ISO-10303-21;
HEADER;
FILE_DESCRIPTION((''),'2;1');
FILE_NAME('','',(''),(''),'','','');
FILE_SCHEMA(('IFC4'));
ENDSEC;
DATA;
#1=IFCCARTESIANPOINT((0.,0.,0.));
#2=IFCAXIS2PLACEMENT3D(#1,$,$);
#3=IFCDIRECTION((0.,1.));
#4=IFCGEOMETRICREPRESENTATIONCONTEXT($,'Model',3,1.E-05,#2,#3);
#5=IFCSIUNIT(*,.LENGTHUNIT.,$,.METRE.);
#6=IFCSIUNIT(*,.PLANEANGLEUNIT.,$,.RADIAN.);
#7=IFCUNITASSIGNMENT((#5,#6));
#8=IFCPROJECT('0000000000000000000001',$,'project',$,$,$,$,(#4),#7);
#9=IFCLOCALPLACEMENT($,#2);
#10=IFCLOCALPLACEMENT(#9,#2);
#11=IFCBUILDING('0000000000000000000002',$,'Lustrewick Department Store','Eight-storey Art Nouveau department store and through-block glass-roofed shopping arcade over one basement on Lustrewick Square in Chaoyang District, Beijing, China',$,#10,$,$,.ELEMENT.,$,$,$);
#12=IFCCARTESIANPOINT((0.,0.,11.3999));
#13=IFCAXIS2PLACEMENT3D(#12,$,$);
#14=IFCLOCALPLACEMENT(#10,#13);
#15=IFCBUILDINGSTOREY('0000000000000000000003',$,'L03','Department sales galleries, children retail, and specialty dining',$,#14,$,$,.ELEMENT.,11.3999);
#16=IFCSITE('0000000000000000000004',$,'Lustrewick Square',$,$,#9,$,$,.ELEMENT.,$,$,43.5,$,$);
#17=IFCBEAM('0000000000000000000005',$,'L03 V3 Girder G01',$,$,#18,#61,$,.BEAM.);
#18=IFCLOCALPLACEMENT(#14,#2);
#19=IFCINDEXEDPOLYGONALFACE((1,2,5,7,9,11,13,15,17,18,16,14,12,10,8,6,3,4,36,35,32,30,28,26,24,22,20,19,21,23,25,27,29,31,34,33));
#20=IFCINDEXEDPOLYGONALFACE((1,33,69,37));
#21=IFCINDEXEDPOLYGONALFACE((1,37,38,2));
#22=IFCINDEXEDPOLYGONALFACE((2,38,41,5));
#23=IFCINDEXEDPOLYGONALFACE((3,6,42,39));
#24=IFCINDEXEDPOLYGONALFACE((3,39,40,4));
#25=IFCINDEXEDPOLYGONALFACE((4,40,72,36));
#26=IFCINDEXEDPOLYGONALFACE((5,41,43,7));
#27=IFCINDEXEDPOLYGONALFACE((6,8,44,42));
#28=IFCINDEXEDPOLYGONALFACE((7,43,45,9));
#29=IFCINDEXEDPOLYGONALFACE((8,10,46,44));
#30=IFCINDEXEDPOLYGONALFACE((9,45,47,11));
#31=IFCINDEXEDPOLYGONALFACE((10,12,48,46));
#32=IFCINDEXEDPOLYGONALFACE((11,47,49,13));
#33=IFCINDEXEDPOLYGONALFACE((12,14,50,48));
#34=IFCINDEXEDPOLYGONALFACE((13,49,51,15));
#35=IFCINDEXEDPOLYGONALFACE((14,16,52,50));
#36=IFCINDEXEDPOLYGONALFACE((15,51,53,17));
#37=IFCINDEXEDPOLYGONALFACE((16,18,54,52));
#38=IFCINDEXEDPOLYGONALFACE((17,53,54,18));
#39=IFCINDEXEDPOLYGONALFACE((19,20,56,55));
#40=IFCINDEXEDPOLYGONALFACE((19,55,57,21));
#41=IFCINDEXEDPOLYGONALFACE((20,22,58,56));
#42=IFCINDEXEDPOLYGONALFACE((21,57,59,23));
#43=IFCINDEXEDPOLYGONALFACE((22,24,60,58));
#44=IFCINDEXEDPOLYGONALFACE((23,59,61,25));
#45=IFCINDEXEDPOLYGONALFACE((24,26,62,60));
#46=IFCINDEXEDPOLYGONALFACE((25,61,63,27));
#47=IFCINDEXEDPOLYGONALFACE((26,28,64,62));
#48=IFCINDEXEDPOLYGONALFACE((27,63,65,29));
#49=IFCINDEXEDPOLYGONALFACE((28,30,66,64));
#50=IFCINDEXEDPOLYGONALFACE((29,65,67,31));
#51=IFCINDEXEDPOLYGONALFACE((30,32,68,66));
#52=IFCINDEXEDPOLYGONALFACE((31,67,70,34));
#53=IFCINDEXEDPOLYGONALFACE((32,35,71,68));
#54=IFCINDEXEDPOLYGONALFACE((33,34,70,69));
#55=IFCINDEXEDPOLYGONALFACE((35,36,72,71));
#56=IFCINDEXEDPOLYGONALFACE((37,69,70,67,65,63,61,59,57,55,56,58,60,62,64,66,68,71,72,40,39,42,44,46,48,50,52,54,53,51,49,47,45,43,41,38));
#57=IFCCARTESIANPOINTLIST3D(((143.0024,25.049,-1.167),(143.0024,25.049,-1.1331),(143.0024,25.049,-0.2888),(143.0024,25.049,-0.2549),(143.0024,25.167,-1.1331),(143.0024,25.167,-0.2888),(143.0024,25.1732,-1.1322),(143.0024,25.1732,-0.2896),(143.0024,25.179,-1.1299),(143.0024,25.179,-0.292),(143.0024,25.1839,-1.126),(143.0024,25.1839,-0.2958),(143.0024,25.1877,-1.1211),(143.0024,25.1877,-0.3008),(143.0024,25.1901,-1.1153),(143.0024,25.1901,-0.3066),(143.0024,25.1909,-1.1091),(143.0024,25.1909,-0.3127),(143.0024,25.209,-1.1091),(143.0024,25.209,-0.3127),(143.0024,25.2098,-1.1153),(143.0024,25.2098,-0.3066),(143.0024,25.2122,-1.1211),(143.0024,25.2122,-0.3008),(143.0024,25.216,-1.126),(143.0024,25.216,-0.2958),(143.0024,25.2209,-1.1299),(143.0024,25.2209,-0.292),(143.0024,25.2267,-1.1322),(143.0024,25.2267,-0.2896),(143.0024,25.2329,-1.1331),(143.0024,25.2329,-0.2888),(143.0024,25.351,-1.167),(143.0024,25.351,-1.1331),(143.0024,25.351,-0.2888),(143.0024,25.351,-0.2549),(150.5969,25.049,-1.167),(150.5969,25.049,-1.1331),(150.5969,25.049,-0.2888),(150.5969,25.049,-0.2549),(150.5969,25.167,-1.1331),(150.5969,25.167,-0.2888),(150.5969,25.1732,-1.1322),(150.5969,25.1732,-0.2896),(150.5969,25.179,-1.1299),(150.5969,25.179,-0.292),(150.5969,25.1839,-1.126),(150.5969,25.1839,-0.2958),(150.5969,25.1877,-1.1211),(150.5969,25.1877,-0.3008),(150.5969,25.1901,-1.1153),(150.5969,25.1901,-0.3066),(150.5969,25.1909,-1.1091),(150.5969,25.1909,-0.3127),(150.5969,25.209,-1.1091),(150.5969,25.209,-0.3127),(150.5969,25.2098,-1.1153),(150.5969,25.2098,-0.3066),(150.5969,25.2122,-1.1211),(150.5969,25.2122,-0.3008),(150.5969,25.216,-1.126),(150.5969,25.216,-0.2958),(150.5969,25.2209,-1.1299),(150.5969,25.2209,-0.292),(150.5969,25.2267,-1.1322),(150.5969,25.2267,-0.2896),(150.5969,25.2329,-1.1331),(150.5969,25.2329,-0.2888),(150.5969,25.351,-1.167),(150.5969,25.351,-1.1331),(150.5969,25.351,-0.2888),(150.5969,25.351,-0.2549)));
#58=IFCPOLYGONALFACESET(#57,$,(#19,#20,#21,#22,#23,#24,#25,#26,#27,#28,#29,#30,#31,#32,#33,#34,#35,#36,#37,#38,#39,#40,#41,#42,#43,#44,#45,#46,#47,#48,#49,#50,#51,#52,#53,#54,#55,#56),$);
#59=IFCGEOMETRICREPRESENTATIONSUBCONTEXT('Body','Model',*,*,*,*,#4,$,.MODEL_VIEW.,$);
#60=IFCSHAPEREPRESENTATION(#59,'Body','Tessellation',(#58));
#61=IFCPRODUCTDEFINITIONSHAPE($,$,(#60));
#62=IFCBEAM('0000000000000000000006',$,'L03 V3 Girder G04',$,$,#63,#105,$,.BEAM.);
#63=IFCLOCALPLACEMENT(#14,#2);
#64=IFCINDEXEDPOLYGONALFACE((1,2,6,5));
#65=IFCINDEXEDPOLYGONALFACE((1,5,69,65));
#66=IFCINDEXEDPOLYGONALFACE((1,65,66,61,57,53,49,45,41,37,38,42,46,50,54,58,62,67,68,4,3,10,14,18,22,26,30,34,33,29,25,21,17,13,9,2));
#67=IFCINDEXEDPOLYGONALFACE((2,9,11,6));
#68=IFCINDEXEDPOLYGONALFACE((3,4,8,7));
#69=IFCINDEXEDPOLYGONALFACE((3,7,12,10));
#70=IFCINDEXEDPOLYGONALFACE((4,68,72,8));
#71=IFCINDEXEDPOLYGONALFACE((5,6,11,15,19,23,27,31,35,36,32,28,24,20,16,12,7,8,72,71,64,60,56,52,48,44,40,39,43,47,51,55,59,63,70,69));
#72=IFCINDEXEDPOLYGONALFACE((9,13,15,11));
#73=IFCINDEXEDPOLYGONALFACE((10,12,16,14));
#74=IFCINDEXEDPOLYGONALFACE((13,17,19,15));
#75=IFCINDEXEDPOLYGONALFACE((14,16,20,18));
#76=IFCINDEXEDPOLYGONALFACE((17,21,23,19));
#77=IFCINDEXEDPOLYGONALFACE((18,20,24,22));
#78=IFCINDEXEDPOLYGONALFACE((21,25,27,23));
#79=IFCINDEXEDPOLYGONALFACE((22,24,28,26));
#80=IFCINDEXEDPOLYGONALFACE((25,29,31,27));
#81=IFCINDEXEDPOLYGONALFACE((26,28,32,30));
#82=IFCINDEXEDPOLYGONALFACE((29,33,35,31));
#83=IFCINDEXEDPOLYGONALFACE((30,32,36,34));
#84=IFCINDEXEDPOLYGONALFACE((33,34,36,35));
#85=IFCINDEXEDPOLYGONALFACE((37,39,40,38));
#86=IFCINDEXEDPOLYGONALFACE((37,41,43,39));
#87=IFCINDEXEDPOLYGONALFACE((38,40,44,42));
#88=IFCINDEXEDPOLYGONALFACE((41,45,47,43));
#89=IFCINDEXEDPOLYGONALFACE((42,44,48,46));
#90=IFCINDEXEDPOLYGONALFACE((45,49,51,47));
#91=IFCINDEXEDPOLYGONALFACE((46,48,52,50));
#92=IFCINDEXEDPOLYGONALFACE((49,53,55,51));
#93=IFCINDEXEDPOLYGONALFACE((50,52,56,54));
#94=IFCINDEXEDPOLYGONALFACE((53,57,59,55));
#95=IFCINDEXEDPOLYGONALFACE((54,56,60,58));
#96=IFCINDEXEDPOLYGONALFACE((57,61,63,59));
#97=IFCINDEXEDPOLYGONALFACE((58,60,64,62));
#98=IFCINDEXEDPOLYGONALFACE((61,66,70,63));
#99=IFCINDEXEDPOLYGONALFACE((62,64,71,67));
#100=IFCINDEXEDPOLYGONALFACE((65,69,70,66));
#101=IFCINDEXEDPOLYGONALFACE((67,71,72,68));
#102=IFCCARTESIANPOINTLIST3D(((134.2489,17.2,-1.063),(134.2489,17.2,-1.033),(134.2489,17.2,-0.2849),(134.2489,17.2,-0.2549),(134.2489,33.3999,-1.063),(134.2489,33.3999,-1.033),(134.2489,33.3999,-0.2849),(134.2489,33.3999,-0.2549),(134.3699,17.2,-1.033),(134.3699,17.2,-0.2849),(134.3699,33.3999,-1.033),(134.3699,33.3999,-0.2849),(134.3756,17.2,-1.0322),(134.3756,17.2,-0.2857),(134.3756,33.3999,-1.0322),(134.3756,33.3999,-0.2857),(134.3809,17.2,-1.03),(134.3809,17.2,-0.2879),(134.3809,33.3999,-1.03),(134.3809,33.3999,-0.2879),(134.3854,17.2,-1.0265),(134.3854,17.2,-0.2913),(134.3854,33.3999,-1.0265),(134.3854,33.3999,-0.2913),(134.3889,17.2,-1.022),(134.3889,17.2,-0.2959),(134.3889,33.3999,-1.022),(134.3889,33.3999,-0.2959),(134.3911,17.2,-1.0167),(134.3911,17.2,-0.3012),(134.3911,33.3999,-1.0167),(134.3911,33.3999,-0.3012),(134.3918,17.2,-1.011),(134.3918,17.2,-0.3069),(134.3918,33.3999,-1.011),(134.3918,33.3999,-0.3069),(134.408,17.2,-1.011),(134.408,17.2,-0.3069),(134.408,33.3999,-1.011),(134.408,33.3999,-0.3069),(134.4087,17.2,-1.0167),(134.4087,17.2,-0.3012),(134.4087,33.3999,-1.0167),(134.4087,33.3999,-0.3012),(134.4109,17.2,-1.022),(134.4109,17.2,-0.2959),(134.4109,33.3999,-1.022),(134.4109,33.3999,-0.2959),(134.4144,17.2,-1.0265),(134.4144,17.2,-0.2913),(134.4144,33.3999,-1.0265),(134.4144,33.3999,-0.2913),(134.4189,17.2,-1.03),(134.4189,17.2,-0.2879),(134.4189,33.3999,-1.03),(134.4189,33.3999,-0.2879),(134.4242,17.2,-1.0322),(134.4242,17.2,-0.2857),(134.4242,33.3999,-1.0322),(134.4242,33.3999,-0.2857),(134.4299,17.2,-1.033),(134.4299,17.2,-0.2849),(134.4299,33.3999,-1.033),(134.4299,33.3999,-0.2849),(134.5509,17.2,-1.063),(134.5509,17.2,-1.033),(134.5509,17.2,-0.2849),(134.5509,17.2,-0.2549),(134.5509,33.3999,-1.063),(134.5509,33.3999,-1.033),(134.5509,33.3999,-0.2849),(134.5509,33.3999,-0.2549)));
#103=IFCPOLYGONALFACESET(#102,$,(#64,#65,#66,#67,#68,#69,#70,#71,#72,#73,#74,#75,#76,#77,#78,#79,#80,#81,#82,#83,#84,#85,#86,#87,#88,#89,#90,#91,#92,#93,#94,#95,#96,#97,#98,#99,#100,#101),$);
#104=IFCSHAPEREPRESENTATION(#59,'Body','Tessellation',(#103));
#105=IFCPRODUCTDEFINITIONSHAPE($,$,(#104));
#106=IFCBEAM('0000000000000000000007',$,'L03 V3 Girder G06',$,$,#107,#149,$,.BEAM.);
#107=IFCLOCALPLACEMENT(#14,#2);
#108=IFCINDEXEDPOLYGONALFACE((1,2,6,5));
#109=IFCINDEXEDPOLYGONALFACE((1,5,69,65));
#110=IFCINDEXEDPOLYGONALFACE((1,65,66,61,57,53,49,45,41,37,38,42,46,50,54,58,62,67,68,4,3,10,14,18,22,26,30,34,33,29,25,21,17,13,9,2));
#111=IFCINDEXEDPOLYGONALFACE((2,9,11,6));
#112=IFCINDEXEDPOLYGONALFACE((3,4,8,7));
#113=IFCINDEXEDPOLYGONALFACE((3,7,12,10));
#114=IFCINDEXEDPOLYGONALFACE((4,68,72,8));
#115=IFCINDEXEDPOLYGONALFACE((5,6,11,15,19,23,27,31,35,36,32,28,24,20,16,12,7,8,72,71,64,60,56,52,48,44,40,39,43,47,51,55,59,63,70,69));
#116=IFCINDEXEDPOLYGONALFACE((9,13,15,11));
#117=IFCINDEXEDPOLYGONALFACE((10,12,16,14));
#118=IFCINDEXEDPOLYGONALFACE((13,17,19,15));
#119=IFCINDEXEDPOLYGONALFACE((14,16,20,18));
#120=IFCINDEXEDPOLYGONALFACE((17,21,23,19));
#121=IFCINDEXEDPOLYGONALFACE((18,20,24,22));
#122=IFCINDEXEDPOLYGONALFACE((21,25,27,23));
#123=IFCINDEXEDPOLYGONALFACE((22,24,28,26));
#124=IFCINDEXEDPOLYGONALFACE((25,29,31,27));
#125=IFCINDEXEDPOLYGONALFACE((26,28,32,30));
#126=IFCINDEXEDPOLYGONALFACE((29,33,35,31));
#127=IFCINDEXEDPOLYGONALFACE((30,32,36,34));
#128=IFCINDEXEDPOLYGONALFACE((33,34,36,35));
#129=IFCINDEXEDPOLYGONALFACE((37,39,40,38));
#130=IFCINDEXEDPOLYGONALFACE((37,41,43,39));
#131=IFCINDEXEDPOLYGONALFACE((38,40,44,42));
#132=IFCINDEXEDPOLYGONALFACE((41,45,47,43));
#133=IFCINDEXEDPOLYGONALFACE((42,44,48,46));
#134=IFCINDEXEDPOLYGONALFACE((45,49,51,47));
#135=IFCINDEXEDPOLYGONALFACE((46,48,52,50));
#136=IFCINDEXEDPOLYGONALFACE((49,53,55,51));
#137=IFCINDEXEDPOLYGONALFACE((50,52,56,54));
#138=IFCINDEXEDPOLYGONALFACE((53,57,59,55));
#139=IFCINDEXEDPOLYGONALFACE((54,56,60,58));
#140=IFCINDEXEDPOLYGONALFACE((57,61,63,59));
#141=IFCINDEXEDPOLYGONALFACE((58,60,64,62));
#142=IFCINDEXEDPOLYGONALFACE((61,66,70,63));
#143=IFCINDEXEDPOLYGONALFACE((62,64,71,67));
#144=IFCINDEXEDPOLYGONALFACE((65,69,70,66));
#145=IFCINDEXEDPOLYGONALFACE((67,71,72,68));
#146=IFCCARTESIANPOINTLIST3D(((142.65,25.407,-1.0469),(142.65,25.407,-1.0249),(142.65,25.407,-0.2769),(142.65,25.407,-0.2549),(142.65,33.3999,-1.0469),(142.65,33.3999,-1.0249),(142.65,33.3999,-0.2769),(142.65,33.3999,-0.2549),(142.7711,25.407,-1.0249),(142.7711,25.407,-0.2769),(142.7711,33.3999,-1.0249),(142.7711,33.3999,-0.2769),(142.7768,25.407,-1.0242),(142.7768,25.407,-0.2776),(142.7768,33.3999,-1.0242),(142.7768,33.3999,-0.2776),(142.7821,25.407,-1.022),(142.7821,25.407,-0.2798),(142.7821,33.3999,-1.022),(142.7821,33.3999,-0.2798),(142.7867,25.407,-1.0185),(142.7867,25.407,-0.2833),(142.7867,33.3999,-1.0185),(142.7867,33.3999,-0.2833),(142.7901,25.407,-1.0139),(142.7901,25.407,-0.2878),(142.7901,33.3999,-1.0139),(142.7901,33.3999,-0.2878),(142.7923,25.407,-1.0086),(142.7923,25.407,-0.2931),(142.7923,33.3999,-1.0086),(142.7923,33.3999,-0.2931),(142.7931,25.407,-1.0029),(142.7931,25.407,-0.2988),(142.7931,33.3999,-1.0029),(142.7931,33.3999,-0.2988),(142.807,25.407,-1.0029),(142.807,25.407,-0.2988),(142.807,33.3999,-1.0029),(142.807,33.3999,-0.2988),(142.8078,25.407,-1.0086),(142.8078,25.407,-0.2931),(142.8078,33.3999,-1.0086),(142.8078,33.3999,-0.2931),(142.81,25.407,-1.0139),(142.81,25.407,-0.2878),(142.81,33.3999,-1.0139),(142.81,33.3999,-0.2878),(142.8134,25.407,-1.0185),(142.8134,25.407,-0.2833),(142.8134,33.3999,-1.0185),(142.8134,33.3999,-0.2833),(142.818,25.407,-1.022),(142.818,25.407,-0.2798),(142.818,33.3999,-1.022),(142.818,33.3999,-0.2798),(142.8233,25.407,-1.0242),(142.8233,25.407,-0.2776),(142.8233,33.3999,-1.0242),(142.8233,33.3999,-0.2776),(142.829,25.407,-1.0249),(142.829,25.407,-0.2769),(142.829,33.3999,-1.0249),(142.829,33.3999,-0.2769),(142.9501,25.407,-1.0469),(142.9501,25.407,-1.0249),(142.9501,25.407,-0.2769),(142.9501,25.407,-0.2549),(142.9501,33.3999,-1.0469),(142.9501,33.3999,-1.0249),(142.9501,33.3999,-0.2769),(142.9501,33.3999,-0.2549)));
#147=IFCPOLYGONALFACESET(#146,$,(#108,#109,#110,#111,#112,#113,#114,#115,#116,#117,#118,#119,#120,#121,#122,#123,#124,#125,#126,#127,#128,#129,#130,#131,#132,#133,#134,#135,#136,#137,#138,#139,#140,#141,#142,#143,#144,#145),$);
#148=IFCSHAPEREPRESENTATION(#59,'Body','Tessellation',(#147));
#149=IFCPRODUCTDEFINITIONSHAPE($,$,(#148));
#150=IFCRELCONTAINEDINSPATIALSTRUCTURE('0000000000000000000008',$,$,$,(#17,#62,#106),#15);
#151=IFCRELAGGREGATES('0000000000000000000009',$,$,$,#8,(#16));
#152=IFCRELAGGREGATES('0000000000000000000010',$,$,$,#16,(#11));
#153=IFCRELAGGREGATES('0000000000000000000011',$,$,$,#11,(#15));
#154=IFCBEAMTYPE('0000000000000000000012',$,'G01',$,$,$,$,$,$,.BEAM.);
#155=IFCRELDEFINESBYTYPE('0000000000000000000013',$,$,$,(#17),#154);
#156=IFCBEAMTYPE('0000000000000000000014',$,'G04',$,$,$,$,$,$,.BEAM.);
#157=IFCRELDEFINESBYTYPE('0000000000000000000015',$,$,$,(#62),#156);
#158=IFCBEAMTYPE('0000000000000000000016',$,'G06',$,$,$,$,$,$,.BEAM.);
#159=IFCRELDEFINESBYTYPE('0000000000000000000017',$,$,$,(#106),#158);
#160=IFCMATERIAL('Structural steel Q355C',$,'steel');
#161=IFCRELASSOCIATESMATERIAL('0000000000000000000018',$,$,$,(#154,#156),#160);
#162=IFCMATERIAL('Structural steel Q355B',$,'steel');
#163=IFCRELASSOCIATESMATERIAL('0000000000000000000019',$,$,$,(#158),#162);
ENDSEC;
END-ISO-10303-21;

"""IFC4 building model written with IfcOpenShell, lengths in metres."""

from ifc_helpers import new_model, si_unit, direction, frame, origin, origin_2d, place, context, subcontext, project, spatial, i_section, extrude, material, material_profile, profile_set, type_object, element, save


model = new_model("IFC4")

# Units and contexts
model_context = context("Model", 3, precision=1e-05, world=origin(), true_north=direction((0.0, 1.0)))
body_context = subcontext(model_context, "Body", "Model", "MODEL_VIEW")
ifc_project = project(units=[si_unit("LENGTHUNIT", "METRE"), si_unit("PLANEANGLEUNIT", "RADIAN")], contexts=[model_context])

# Site, building, storey
site_placement = place(None, origin())
site = spatial("IfcSite", under=ifc_project, at=site_placement, Name="Lustrewick Square", CompositionType="ELEMENT", RefElevation=43.5)
building_placement = place(site_placement, origin())
building = spatial("IfcBuilding", under=site, at=building_placement, Name="Lustrewick Department Store", Description="Eight-storey Art Nouveau department store and through-block glass-roofed shopping arcade over one basement on Lustrewick Square in Chaoyang District, Beijing, China", CompositionType="ELEMENT")
storey_placement = place(building_placement, frame((0.0, 0.0, 11.3999)))
storey = spatial("IfcBuildingStorey", under=building, at=storey_placement, Name="L03", Description="Department sales galleries, children retail, and specialty dining", CompositionType="ELEMENT", Elevation=11.3999)

# Shared definitions
ifc_material_1 = material(Name="Structural steel Q355B", Category="steel")
ifc_material_2 = material(Name="Structural steel Q355C", Category="steel")

# Beams
ifc_material_profile_1 = material_profile(ifc_material_2, i_section(OverallWidth=0.302, OverallDepth=0.9121, WebThickness=0.0181, FlangeThickness=0.0339, FilletRadius=0.0239, at=origin_2d()), Name="HN 912x302x18x34")
ifc_profile_set_1 = profile_set([ifc_material_profile_1], Name="Structural steel Q355C")
beam_type_1 = type_object("IfcBeamType", Name="G01", PredefinedType="BEAM", material=ifc_profile_set_1)
beam_1_placement = place(storey_placement, frame((143.0024, 25.2, -0.7109), z_axis=(1.0, 0.0, 0.0), x_axis=(0.0, 1.0, 0.0)))
element("IfcBeam", 1, at=beam_1_placement, inside=storey, type_object=beam_type_1, Name="L03 V3 Girder G01", PredefinedType="BEAM", context=body_context, shape_type="SweptSolid", body=[
    extrude(i_section(OverallWidth=0.302, OverallDepth=0.9121, WebThickness=0.0181, FlangeThickness=0.0339, FilletRadius=0.0239, at=origin_2d()), origin(), (0.0, 0.0, 1.0), 7.5945),
])
ifc_material_profile_2 = material_profile(ifc_material_2, i_section(OverallWidth=0.302, OverallDepth=0.8081, WebThickness=0.0161, FlangeThickness=0.03, FilletRadius=0.022, at=origin_2d()), Name="HN 808x302x16x30")
ifc_profile_set_2 = profile_set([ifc_material_profile_2], Name="Structural steel Q355C")
beam_type_2 = type_object("IfcBeamType", Name="G04", PredefinedType="BEAM", material=ifc_profile_set_2)
beam_2_placement = place(storey_placement, frame((134.3999, 17.2, -0.6589), z_axis=(0.0, 1.0, 0.0), x_axis=(-1.0, 0.0, 0.0)))
element("IfcBeam", 2, at=beam_2_placement, inside=storey, type_object=beam_type_2, Name="L03 V3 Girder G04", PredefinedType="BEAM", context=body_context, shape_type="SweptSolid", body=[
    extrude(i_section(OverallWidth=0.302, OverallDepth=0.8081, WebThickness=0.0161, FlangeThickness=0.03, FilletRadius=0.022, at=origin_2d()), origin(), (0.0, 0.0, 1.0), 16.2),
])
ifc_material_profile_3 = material_profile(ifc_material_1, i_section(OverallWidth=0.3, OverallDepth=0.792, WebThickness=0.0139, FlangeThickness=0.022, FilletRadius=0.022, at=origin_2d()), Name="HN 792x300x14x22")
ifc_profile_set_3 = profile_set([ifc_material_profile_3], Name="Structural steel Q355B")
beam_type_3 = type_object("IfcBeamType", Name="G06", PredefinedType="BEAM", material=ifc_profile_set_3)
beam_3_placement = place(storey_placement, frame((142.8, 25.407, -0.6509), z_axis=(0.0, 1.0, 0.0), x_axis=(-1.0, 0.0, 0.0)))
element("IfcBeam", 3, at=beam_3_placement, inside=storey, type_object=beam_type_3, Name="L03 V3 Girder G06", PredefinedType="BEAM", context=body_context, shape_type="SweptSolid", body=[
    extrude(i_section(OverallWidth=0.3, OverallDepth=0.792, WebThickness=0.0139, FlangeThickness=0.022, FilletRadius=0.022, at=origin_2d()), origin(), (0.0, 0.0, 1.0), 7.9929),
])

save(model, "model.ifc")
